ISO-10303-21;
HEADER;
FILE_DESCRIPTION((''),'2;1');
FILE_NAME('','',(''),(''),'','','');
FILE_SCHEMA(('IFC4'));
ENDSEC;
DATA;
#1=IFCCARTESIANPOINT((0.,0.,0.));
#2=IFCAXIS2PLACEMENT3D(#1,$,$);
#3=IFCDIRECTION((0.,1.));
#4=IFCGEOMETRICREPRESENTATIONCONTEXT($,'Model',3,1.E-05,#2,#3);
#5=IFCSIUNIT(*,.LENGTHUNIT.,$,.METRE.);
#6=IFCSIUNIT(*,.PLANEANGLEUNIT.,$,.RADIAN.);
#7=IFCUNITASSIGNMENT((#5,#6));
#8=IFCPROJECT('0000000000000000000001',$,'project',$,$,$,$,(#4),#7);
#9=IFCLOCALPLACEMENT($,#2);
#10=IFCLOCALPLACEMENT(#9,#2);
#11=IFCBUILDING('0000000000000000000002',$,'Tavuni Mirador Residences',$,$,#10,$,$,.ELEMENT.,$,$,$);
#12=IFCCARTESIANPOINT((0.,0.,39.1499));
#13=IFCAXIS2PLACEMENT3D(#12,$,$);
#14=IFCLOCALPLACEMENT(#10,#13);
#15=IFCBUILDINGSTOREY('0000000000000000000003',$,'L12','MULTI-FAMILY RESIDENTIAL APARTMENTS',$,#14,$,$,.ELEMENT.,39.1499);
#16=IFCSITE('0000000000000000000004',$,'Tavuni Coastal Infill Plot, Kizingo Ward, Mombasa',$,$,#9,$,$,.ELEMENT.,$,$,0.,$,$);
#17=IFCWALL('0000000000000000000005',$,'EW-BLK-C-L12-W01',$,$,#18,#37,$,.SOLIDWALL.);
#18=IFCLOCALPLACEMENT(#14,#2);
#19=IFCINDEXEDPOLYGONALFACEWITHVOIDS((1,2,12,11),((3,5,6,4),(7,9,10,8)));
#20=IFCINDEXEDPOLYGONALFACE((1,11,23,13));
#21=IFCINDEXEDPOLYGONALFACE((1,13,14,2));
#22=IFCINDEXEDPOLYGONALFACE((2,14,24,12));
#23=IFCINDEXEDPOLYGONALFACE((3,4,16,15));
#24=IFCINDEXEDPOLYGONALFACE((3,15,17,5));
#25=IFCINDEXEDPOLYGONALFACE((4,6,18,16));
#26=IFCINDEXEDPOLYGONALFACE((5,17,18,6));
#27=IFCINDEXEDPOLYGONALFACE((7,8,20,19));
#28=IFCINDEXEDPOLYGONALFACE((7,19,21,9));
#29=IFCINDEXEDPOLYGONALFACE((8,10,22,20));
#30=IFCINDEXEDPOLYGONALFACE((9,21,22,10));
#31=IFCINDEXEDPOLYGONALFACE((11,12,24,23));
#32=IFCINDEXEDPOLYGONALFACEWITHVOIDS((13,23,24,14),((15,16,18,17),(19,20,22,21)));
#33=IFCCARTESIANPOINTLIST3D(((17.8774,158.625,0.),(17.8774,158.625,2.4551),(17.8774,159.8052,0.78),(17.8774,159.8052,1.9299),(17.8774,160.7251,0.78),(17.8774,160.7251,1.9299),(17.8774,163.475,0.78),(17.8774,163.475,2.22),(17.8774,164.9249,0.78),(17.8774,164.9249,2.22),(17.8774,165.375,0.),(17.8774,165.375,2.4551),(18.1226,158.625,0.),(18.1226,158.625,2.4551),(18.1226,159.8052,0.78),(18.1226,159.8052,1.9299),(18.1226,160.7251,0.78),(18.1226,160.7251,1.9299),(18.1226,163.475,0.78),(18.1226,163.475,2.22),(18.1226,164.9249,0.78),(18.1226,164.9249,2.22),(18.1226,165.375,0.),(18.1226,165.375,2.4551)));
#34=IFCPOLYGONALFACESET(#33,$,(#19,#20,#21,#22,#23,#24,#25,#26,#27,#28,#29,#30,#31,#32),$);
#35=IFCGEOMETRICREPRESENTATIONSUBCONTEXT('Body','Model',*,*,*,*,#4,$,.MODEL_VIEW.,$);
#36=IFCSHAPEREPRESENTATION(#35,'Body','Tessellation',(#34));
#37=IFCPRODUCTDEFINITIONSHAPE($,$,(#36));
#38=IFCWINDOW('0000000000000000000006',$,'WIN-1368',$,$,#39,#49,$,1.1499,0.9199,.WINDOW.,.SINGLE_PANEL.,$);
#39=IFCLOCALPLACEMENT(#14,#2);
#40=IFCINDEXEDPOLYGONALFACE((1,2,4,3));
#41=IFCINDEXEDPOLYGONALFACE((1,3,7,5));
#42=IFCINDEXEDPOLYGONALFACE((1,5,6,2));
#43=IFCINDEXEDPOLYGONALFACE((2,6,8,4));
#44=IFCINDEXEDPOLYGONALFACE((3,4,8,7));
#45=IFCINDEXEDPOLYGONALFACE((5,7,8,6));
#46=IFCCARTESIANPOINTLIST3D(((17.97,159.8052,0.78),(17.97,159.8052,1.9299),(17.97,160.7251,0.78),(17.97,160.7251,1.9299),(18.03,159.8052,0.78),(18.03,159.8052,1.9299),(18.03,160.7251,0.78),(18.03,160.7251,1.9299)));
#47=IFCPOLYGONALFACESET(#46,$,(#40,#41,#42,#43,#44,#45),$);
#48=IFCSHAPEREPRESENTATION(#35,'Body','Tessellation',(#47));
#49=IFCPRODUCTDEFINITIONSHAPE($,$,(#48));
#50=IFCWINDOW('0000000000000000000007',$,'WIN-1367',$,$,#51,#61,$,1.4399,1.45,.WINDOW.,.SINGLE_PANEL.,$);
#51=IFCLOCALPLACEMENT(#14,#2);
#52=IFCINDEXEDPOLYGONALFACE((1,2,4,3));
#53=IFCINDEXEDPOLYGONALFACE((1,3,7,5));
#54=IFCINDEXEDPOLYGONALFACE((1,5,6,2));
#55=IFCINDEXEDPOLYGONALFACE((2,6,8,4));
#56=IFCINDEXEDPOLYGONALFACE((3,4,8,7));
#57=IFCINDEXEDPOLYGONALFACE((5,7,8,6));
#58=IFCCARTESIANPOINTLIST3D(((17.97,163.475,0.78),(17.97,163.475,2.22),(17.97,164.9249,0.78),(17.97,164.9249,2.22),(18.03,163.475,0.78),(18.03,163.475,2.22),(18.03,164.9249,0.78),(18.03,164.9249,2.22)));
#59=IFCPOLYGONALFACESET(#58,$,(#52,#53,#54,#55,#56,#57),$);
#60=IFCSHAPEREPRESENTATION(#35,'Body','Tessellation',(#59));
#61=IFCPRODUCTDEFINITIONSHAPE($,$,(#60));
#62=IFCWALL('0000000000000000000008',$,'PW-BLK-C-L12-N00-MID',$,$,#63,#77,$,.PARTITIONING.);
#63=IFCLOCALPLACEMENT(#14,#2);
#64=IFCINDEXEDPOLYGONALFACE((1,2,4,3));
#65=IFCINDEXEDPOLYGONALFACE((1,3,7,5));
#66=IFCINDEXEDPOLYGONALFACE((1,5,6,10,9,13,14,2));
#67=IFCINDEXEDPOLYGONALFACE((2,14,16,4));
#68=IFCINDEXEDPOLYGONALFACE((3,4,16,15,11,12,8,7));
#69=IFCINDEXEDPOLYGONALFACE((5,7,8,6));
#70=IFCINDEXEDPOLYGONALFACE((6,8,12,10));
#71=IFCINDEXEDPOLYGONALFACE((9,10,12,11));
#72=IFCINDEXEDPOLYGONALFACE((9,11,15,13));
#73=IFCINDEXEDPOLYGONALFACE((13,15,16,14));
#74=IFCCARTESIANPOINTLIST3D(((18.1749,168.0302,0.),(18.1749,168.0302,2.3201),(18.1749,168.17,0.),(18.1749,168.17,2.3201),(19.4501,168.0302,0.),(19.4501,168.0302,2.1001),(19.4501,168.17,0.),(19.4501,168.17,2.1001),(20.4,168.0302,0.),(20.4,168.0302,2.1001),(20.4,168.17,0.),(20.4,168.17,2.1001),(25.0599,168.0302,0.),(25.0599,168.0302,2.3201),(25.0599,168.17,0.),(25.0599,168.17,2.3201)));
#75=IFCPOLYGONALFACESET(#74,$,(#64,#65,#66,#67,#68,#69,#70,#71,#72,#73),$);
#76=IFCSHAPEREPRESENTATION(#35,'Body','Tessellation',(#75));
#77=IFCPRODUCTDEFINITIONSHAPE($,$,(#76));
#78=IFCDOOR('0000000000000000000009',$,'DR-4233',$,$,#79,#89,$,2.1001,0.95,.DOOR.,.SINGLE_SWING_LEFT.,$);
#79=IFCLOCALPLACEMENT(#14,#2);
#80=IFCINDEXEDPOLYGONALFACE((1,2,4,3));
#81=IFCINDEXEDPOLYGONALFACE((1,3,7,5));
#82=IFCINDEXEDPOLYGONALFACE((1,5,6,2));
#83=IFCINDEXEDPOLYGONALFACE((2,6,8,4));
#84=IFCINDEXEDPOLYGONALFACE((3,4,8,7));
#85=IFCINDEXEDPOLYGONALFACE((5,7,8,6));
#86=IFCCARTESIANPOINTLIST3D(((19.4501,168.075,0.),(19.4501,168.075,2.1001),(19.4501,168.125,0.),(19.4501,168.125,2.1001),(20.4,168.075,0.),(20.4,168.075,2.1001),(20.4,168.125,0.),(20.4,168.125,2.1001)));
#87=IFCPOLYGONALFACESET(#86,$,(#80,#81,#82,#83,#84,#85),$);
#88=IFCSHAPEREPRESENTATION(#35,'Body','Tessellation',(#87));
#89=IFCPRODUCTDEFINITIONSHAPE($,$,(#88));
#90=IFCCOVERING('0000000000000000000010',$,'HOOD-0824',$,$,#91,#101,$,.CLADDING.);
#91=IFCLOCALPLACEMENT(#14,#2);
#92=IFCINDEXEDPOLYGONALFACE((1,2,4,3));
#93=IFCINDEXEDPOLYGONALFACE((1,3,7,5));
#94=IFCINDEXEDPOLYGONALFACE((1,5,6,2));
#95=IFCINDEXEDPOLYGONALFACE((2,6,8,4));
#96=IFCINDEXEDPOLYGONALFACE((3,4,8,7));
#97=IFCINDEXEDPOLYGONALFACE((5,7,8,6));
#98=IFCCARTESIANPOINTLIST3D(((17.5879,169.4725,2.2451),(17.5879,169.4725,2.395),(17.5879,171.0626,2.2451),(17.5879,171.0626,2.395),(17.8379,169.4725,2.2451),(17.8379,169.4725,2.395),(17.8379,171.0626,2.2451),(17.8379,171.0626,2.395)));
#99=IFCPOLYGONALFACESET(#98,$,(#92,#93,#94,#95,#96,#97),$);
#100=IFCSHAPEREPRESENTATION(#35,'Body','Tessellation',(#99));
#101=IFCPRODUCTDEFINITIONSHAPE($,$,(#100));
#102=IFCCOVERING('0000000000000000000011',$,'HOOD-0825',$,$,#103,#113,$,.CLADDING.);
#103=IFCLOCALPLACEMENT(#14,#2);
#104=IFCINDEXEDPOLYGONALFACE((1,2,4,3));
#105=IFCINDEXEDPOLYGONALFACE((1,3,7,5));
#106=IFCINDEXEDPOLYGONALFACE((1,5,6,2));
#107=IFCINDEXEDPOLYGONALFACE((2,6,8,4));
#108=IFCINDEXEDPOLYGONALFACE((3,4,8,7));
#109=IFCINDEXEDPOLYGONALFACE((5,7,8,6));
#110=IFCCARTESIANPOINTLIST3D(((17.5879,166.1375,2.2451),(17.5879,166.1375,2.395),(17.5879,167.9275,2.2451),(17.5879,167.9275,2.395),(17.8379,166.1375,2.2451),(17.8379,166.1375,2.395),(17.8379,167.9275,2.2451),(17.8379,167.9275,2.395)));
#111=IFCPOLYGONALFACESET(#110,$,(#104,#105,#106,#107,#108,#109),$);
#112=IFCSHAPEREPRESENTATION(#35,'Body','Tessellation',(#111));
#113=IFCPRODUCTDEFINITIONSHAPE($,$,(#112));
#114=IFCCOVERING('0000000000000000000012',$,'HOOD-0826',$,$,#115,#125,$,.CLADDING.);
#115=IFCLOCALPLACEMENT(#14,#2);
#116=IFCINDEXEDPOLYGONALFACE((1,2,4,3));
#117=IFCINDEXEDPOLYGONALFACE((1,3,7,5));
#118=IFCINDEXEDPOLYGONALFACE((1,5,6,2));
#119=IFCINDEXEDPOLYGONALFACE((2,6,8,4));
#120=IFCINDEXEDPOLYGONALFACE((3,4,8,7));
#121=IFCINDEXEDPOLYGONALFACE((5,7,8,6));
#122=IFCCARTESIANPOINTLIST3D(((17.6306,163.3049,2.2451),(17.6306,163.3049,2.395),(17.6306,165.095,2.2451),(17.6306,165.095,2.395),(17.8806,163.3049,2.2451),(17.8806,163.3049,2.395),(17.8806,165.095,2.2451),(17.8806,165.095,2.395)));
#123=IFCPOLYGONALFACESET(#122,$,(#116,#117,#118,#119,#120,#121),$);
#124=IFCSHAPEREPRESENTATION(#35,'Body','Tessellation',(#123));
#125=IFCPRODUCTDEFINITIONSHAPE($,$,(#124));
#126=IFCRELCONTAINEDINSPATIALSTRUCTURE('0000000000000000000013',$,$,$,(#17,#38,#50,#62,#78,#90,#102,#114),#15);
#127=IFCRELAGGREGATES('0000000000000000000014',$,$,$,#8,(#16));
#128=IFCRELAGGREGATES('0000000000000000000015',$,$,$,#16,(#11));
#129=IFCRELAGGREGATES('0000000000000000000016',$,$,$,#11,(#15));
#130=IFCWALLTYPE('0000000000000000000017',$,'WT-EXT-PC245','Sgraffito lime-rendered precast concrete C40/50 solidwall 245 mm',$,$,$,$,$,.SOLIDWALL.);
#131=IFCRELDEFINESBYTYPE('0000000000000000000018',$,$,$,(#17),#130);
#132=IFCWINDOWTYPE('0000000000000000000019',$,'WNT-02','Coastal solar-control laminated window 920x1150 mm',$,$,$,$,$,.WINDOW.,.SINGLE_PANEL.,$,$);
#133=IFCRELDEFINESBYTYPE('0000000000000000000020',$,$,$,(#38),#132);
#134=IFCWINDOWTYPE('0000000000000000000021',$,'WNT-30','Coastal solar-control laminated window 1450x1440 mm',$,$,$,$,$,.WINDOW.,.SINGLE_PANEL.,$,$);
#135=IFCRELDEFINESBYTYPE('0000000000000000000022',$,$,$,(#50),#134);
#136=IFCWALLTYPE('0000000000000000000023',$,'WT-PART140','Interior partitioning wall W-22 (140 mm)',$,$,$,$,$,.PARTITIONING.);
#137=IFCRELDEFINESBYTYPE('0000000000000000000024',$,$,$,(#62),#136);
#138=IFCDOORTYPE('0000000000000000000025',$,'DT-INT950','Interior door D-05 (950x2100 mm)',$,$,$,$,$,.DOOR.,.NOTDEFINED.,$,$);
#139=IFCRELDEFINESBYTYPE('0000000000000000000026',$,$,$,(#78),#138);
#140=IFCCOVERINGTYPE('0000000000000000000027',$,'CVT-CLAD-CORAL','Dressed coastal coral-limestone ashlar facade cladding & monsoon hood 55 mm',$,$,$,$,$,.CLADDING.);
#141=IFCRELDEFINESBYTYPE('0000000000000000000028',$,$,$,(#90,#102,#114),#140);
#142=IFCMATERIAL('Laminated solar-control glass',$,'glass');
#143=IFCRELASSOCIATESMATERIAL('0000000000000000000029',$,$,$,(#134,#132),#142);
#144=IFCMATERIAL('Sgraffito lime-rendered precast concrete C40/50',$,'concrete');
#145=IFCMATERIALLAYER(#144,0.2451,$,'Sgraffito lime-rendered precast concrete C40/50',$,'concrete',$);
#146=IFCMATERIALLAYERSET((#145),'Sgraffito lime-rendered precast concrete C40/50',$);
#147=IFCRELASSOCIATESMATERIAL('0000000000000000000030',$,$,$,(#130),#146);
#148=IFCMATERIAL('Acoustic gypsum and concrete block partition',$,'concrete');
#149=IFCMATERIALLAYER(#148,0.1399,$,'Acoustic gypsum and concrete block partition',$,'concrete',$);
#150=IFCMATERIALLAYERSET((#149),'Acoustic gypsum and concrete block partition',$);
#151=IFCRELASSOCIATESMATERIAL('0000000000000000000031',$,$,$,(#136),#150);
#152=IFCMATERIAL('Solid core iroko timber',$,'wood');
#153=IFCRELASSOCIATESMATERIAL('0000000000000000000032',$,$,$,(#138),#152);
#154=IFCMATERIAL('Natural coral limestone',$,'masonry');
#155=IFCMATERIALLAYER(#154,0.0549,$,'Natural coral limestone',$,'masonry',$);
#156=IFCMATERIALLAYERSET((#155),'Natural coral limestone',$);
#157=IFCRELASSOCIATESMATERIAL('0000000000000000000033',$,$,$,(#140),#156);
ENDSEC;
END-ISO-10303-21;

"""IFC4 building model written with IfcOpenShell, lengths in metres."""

from ifc_helpers import new_model, si_unit, direction, frame, frame_2d, origin, origin_2d, place, context, subcontext, project, spatial, rectangle, extrude, material, layer, layer_set, type_object, element, fill, save


model = new_model("IFC4")

# Units and contexts
model_context = context("Model", 3, precision=1e-05, world=origin(), true_north=direction((0.0, 1.0)))
body_context = subcontext(model_context, "Body", "Model", "MODEL_VIEW")
ifc_project = project(units=[si_unit("LENGTHUNIT", "METRE"), si_unit("PLANEANGLEUNIT", "RADIAN")], contexts=[model_context])

# Site, building, storey
site_placement = place(None, origin())
site = spatial("IfcSite", under=ifc_project, at=site_placement, Name="Tavuni Coastal Infill Plot, Kizingo Ward, Mombasa", CompositionType="ELEMENT", RefElevation=0.0)
building_placement = place(site_placement, origin())
building = spatial("IfcBuilding", under=site, at=building_placement, Name="Tavuni Mirador Residences", CompositionType="ELEMENT")
storey_placement = place(building_placement, frame((0.0, 0.0, 39.1499)))
storey = spatial("IfcBuildingStorey", under=building, at=storey_placement, Name="L12", Description="MULTI-FAMILY RESIDENTIAL APARTMENTS", CompositionType="ELEMENT", Elevation=39.1499)

# Shared definitions
ifc_material_1 = material(Name="Solid core iroko timber", Category="wood")

# Wall, openings, windows
ifc_material_2 = material(Name="Laminated solar-control glass", Category="glass")
window_type_1 = type_object("IfcWindowType", Name="WNT-30", Description="Coastal solar-control laminated window 1450x1440 mm", PartitioningType="SINGLE_PANEL", PredefinedType="WINDOW", material=ifc_material_2)
ifc_material_3 = material(Name="Sgraffito lime-rendered precast concrete C40/50", Category="concrete")
ifc_layer_1 = layer(ifc_material_3, 0.2451, Name="Sgraffito lime-rendered precast concrete C40/50", Category="concrete")
ifc_layer_set_1 = layer_set([ifc_layer_1], Name="Sgraffito lime-rendered precast concrete C40/50")
wall_type_1 = type_object("IfcWallType", Name="WT-EXT-PC245", Description="Sgraffito lime-rendered precast concrete C40/50 solidwall 245 mm", PredefinedType="SOLIDWALL", material=ifc_layer_set_1)
wall_1_placement = place(storey_placement, frame((18.0, 165.375, 0.0), z_axis=(0.0, 0.0, 1.0), x_axis=(0.0, -1.0, 0.0)))
wall_1 = element("IfcWall", 1, at=wall_1_placement, inside=storey, type_object=wall_type_1, Name="EW-BLK-C-L12-W01", PredefinedType="SOLIDWALL", context=body_context, shape_type="SweptSolid", body=[
    extrude(rectangle(XDim=6.75, YDim=0.2451, at=frame_2d((3.375, 0.0))), origin(), (0.0, 0.0, 1.0), 2.4551),
])
opening_1_placement = place(wall_1_placement, frame((0.45, 0.0, 0.78)))
opening_1 = element("IfcOpeningElement", 2, at=opening_1_placement, cuts=wall_1, PredefinedType="OPENING", context=body_context, shape_type="SweptSolid", body=[
    extrude(rectangle(XDim=1.45, YDim=1.4399, at=frame_2d((0.7251, 0.72))), frame((0.0, 0.1326, 0.0), z_axis=(0.0, -1.0, 0.0), x_axis=(1.0, 0.0, 0.0)), (0.0, 0.0, 1.0), 0.2651),
])
opening_2_placement = place(wall_1_placement, frame((4.6499, 0.0, 0.78)))
opening_2 = element("IfcOpeningElement", 3, at=opening_2_placement, cuts=wall_1, PredefinedType="OPENING", context=body_context, shape_type="SweptSolid", body=[
    extrude(rectangle(XDim=0.9199, YDim=1.1499, at=frame_2d((0.46, 0.575))), frame((0.0, 0.1326, 0.0), z_axis=(0.0, -1.0, 0.0), x_axis=(1.0, 0.0, 0.0)), (0.0, 0.0, 1.0), 0.2651),
])
window_type_2 = type_object("IfcWindowType", Name="WNT-02", Description="Coastal solar-control laminated window 920x1150 mm", PartitioningType="SINGLE_PANEL", PredefinedType="WINDOW", material=ifc_material_2)
window_1_placement = place(opening_2_placement, origin())
window_1 = element("IfcWindow", 4, at=window_1_placement, inside=storey, type_object=window_type_2, Name="WIN-1368", OverallHeight=1.1499, OverallWidth=0.9199, PartitioningType="SINGLE_PANEL", PredefinedType="WINDOW", context=body_context, shape_type="SweptSolid", body=[
    extrude(rectangle(XDim=0.9199, YDim=1.1499, at=frame_2d((0.46, 0.575))), frame((0.0, 0.03, 0.0), z_axis=(0.0, -1.0, 0.0), x_axis=(1.0, 0.0, 0.0)), (0.0, 0.0, 1.0), 0.0601),
])
fill(opening_2, window_1)
window_2_placement = place(opening_1_placement, origin())
window_2 = element("IfcWindow", 5, at=window_2_placement, inside=storey, type_object=window_type_1, Name="WIN-1367", OverallHeight=1.4399, OverallWidth=1.45, PartitioningType="SINGLE_PANEL", PredefinedType="WINDOW", context=body_context, shape_type="SweptSolid", body=[
    extrude(rectangle(XDim=1.45, YDim=1.4399, at=frame_2d((0.7251, 0.72))), frame((0.0, 0.03, 0.0), z_axis=(0.0, -1.0, 0.0), x_axis=(1.0, 0.0, 0.0)), (0.0, 0.0, 1.0), 0.0601),
])
fill(opening_1, window_2)

# Wall, opening, door
ifc_material_4 = material(Name="Acoustic gypsum and concrete block partition", Category="concrete")
ifc_layer_2 = layer(ifc_material_4, 0.1399, Name="Acoustic gypsum and concrete block partition", Category="concrete")
ifc_layer_set_2 = layer_set([ifc_layer_2], Name="Acoustic gypsum and concrete block partition")
wall_type_2 = type_object("IfcWallType", Name="WT-PART140", Description="Interior partitioning wall W-22 (140 mm)", PredefinedType="PARTITIONING", material=ifc_layer_set_2)
wall_2_placement = place(storey_placement, frame((18.175, 168.1001, 0.0), z_axis=(0.0, 0.0, 1.0), x_axis=(1.0, 0.0, 0.0)))
wall_2 = element("IfcWall", 6, at=wall_2_placement, inside=storey, type_object=wall_type_2, Name="PW-BLK-C-L12-N00-MID", PredefinedType="PARTITIONING", context=body_context, shape_type="SweptSolid", body=[
    extrude(rectangle(XDim=6.885, YDim=0.1399, at=frame_2d((3.4424, 0.0))), origin(), (0.0, 0.0, 1.0), 2.3201),
])
opening_3_placement = place(wall_2_placement, frame((1.2749, 0.0, 0.0)))
opening_3 = element("IfcOpeningElement", 7, at=opening_3_placement, cuts=wall_2, PredefinedType="OPENING", context=body_context, shape_type="SweptSolid", body=[
    extrude(rectangle(XDim=0.95, YDim=2.1001, at=frame_2d((0.4751, 1.05))), frame((0.0, 0.0801, 0.0), z_axis=(0.0, -1.0, 0.0), x_axis=(1.0, 0.0, 0.0)), (0.0, 0.0, 1.0), 0.1599),
])
door_type_1 = type_object("IfcDoorType", Name="DT-INT950", Description="Interior door D-05 (950x2100 mm)", OperationType="NOTDEFINED", PredefinedType="DOOR", material=ifc_material_1)
door_1_placement = place(opening_3_placement, origin())
door_1 = element("IfcDoor", 8, at=door_1_placement, inside=storey, type_object=door_type_1, Name="DR-4233", OperationType="SINGLE_SWING_LEFT", OverallHeight=2.1001, OverallWidth=0.95, PredefinedType="DOOR", context=body_context, shape_type="SweptSolid", body=[
    extrude(rectangle(XDim=0.95, YDim=2.1001, at=frame_2d((0.4751, 1.05))), frame((0.0, 0.0249, 0.0), z_axis=(0.0, -1.0, 0.0), x_axis=(1.0, 0.0, 0.0)), (0.0, 0.0, 1.0), 0.05),
])
fill(opening_3, door_1)

# Coverings
ifc_material_5 = material(Name="Natural coral limestone", Category="masonry")
ifc_layer_3 = layer(ifc_material_5, 0.0549, Name="Natural coral limestone", Category="masonry")
ifc_layer_set_3 = layer_set([ifc_layer_3], Name="Natural coral limestone")
covering_type = type_object("IfcCoveringType", Name="CVT-CLAD-CORAL", Description="Dressed coastal coral-limestone ashlar facade cladding & monsoon hood 55 mm", PredefinedType="CLADDING", material=ifc_layer_set_3)
covering_placement = place(storey_placement, frame((17.7129, 170.2676, 2.2451), z_axis=(0.0, 0.0, 1.0), x_axis=(0.0, -1.0, 0.0)))
element("IfcCovering", 9, at=covering_placement, inside=storey, type_object=covering_type, Name="HOOD-0824", PredefinedType="CLADDING", context=body_context, shape_type="SweptSolid", body=[
    extrude(rectangle(XDim=1.5901, YDim=0.25, at=origin_2d()), origin(), (0.0, 0.0, 1.0), 0.1499),
])
for number, where, z_axis, x_axis, name in (
    (10, (17.7129, 167.0325, 2.2451), (0.0, 0.0, 1.0), (0.0, -1.0, 0.0), "HOOD-0825"),
    (11, (17.7556, 164.2, 2.2451), (0.0, 0.0, 1.0), (0.0, -1.0, 0.0), "HOOD-0826"),
):
    element("IfcCovering", number, at=place(storey_placement, frame(where, z_axis=z_axis, x_axis=x_axis)), inside=storey, type_object=covering_type, Name=name, PredefinedType="CLADDING", context=body_context, shape_type="SweptSolid", body=[
        extrude(rectangle(XDim=1.79, YDim=0.25, at=origin_2d()), origin(), (0.0, 0.0, 1.0), 0.1499),
    ])

save(model, "model.ifc")
